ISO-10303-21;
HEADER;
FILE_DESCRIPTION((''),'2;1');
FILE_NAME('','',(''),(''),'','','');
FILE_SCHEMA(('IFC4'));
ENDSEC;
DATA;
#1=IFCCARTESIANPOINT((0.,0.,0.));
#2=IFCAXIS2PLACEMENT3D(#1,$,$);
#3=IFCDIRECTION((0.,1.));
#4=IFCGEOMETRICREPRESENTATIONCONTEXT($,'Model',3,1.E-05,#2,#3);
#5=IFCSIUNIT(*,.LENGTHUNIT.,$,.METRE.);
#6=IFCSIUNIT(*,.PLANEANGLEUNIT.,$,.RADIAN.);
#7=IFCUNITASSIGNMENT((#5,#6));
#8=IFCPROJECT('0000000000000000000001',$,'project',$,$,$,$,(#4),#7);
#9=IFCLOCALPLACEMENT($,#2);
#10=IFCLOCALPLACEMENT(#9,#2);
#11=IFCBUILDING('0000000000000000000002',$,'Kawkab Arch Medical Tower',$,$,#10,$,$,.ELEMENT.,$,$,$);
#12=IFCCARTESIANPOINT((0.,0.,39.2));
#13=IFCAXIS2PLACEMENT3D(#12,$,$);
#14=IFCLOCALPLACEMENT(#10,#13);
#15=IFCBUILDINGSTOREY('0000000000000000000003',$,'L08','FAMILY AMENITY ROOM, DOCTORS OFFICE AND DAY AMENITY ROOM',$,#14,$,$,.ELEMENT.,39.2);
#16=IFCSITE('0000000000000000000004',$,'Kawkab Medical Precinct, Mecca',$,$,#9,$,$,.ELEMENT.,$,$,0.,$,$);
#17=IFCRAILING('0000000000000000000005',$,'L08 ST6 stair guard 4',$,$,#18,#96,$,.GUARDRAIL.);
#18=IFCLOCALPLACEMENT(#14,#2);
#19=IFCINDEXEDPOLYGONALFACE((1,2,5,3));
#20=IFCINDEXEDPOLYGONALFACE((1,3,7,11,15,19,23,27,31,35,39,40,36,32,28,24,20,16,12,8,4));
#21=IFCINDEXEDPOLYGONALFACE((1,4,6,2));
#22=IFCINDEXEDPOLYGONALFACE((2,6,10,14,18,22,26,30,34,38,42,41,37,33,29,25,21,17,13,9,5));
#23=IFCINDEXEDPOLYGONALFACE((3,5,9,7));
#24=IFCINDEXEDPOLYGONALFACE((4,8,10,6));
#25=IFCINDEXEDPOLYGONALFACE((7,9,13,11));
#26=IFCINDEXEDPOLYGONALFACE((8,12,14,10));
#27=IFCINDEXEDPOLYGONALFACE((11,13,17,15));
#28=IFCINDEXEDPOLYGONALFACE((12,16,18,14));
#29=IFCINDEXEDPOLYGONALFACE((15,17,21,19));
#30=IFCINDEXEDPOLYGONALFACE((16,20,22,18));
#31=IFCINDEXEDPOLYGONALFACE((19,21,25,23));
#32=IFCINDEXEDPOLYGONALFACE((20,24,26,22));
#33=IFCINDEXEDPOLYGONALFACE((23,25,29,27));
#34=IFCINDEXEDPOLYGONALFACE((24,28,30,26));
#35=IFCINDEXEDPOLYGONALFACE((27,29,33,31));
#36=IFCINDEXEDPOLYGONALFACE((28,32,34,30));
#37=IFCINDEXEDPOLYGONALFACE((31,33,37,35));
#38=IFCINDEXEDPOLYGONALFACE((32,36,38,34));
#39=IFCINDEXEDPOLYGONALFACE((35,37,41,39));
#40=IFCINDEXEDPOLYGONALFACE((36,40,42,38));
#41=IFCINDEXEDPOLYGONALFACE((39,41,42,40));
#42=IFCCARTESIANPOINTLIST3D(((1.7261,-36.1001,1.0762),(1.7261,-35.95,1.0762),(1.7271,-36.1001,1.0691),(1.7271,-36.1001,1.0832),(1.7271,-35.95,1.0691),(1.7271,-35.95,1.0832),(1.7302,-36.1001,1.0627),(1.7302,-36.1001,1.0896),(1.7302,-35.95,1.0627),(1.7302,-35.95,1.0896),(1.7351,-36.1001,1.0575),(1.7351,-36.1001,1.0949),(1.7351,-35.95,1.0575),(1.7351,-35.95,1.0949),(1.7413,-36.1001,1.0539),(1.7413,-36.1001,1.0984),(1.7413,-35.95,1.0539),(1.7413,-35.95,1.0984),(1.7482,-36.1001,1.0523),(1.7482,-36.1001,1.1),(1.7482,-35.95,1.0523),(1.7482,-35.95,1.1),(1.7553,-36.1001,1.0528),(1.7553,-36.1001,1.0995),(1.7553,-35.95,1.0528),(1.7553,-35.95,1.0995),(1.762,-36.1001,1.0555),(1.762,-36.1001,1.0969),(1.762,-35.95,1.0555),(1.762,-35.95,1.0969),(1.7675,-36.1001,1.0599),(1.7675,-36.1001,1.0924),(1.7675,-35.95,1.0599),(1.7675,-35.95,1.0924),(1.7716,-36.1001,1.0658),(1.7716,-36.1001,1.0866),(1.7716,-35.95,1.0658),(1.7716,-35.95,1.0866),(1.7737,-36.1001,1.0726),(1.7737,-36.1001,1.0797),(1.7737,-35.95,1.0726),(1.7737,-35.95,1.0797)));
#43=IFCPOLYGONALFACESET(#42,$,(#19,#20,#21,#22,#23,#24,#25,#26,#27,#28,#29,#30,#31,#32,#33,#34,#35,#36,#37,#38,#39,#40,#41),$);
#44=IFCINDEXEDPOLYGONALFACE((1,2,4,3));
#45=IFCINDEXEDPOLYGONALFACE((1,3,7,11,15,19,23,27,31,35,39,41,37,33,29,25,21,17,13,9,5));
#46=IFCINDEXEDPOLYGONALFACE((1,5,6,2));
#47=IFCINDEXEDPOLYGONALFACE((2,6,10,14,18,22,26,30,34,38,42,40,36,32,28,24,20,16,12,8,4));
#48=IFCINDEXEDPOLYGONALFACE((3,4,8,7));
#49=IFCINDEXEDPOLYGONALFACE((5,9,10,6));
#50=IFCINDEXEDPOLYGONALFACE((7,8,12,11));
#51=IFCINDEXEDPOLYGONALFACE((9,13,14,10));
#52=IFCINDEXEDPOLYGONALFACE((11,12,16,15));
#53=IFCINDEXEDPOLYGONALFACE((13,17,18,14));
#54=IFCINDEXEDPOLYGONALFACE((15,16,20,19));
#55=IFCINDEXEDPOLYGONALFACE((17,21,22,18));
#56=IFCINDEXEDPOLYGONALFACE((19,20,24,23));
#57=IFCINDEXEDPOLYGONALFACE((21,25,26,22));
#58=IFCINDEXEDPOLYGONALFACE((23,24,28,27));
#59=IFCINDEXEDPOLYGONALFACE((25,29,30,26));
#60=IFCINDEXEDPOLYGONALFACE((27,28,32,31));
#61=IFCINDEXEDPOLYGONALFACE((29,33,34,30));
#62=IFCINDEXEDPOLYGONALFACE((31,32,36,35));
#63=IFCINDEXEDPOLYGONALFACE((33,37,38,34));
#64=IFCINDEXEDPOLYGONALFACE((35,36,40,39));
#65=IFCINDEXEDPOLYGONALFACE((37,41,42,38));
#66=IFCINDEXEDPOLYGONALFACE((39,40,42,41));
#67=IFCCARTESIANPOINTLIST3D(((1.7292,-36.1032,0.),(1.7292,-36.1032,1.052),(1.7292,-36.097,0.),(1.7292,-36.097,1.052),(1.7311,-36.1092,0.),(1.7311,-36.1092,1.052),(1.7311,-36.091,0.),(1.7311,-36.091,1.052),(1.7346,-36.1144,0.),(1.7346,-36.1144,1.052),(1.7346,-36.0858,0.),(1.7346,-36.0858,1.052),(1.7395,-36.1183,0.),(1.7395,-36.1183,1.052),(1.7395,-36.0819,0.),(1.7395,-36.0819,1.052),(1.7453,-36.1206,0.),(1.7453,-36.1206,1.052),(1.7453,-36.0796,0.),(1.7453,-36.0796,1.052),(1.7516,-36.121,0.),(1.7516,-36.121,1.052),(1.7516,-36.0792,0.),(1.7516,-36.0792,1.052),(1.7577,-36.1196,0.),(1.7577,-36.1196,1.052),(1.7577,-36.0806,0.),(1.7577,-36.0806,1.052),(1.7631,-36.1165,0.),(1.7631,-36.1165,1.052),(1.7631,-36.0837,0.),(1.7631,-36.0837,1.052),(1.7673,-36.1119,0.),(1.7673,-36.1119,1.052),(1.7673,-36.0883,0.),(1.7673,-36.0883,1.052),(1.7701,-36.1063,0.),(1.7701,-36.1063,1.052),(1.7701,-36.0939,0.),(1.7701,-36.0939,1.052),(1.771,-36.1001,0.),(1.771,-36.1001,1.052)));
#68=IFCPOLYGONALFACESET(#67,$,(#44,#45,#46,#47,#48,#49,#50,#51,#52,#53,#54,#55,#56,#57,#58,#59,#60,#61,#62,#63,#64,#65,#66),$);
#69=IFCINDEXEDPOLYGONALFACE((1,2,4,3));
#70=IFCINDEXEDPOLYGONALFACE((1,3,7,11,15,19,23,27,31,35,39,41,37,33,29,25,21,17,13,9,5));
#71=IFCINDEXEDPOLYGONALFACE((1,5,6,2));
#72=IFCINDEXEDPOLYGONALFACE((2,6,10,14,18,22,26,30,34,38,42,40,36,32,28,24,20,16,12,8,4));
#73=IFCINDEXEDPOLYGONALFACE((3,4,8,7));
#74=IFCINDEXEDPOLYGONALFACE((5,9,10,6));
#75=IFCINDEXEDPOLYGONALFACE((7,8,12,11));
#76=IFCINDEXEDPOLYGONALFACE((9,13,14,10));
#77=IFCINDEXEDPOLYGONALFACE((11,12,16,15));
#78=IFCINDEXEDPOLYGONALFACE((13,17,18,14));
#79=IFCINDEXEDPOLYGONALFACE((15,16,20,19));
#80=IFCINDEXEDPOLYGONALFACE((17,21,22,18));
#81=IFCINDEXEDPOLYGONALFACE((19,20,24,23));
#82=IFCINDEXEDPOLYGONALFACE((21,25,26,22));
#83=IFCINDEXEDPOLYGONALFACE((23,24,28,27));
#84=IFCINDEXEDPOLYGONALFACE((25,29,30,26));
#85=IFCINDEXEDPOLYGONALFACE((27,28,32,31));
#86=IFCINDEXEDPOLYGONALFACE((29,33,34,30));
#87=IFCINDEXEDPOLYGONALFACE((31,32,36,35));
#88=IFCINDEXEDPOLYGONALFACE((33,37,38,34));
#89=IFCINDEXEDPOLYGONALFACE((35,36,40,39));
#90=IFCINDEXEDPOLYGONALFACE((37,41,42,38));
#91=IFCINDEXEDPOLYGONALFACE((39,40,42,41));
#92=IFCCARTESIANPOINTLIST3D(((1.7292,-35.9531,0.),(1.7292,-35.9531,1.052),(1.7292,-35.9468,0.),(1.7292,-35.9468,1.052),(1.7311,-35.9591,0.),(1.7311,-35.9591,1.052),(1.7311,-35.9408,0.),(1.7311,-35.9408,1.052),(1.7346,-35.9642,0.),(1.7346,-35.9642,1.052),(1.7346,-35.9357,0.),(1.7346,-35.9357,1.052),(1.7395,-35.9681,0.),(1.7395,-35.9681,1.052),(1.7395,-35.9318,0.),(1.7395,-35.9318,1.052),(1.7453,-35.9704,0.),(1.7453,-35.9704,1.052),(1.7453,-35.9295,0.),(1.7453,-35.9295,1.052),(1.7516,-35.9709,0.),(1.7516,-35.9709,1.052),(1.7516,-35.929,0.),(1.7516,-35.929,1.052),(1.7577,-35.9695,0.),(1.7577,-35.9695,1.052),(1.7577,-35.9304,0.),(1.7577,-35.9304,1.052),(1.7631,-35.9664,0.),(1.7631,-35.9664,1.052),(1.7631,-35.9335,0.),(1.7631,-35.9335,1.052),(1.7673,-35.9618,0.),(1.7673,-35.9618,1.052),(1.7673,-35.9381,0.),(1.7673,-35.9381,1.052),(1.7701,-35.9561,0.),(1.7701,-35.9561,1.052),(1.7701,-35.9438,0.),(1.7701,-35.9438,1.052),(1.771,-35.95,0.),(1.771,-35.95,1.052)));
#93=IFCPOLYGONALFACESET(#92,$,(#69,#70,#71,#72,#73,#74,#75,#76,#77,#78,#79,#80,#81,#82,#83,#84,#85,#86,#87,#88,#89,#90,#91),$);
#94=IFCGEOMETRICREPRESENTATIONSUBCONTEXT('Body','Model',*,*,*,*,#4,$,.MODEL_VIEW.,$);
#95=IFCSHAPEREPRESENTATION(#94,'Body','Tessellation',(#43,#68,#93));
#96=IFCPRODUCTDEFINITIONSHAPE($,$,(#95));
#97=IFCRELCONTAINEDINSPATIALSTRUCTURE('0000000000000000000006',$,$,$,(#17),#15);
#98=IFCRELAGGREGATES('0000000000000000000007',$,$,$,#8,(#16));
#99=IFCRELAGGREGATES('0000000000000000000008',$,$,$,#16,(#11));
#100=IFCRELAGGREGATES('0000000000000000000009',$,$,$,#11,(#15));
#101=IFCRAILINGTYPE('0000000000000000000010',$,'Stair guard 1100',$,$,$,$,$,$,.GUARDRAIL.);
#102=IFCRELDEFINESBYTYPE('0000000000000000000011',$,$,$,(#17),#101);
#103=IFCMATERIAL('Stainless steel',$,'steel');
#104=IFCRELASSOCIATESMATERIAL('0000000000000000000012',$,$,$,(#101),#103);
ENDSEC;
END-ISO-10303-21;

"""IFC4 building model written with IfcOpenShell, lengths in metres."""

from ifc_helpers import new_model, si_unit, direction, frame, origin, origin_2d, place, context, subcontext, project, spatial, circle, extrude, material, type_object, element, save


model = new_model("IFC4")

# Units and contexts
model_context = context("Model", 3, precision=1e-05, world=origin(), true_north=direction((0.0, 1.0)))
body_context = subcontext(model_context, "Body", "Model", "MODEL_VIEW")
ifc_project = project(units=[si_unit("LENGTHUNIT", "METRE"), si_unit("PLANEANGLEUNIT", "RADIAN")], contexts=[model_context])

# Site, building, storey
site_placement = place(None, origin())
site = spatial("IfcSite", under=ifc_project, at=site_placement, Name="Kawkab Medical Precinct, Mecca", CompositionType="ELEMENT", RefElevation=0.0)
building_placement = place(site_placement, origin())
building = spatial("IfcBuilding", under=site, at=building_placement, Name="Kawkab Arch Medical Tower", CompositionType="ELEMENT")
storey_placement = place(building_placement, frame((0.0, 0.0, 39.2)))
storey = spatial("IfcBuildingStorey", under=building, at=storey_placement, Name="L08", Description="FAMILY AMENITY ROOM, DOCTORS OFFICE AND DAY AMENITY ROOM", CompositionType="ELEMENT", Elevation=39.2)

# Railing
ifc_material_1 = material(Name="Stainless steel", Category="steel")
railing_type_1 = type_object("IfcRailingType", Name="Stair guard 1100", PredefinedType="GUARDRAIL", material=ifc_material_1)
railing_1_placement = place(storey_placement, frame((1.75, -36.1001, 0.0)))
element("IfcRailing", 1, at=railing_1_placement, inside=storey, type_object=railing_type_1, Name="L08 ST6 stair guard 4", PredefinedType="GUARDRAIL", context=body_context, shape_type="SweptSolid", body=[
    extrude(circle(Radius=0.0239, at=origin_2d()), frame((0.0, 0.0, 1.0762), z_axis=(0.0, 1.0, 0.0), x_axis=(-1.0, 0.0, 0.0)), (0.0, 0.0, 1.0), 0.1501),
    extrude(circle(Radius=0.021, at=origin_2d()), origin(), (0.0, 0.0, 1.0), 1.052),
    extrude(circle(Radius=0.021, at=origin_2d()), frame((0.0, 0.1501, 0.0)), (0.0, 0.0, 1.0), 1.052),
])

save(model, "model.ifc")
